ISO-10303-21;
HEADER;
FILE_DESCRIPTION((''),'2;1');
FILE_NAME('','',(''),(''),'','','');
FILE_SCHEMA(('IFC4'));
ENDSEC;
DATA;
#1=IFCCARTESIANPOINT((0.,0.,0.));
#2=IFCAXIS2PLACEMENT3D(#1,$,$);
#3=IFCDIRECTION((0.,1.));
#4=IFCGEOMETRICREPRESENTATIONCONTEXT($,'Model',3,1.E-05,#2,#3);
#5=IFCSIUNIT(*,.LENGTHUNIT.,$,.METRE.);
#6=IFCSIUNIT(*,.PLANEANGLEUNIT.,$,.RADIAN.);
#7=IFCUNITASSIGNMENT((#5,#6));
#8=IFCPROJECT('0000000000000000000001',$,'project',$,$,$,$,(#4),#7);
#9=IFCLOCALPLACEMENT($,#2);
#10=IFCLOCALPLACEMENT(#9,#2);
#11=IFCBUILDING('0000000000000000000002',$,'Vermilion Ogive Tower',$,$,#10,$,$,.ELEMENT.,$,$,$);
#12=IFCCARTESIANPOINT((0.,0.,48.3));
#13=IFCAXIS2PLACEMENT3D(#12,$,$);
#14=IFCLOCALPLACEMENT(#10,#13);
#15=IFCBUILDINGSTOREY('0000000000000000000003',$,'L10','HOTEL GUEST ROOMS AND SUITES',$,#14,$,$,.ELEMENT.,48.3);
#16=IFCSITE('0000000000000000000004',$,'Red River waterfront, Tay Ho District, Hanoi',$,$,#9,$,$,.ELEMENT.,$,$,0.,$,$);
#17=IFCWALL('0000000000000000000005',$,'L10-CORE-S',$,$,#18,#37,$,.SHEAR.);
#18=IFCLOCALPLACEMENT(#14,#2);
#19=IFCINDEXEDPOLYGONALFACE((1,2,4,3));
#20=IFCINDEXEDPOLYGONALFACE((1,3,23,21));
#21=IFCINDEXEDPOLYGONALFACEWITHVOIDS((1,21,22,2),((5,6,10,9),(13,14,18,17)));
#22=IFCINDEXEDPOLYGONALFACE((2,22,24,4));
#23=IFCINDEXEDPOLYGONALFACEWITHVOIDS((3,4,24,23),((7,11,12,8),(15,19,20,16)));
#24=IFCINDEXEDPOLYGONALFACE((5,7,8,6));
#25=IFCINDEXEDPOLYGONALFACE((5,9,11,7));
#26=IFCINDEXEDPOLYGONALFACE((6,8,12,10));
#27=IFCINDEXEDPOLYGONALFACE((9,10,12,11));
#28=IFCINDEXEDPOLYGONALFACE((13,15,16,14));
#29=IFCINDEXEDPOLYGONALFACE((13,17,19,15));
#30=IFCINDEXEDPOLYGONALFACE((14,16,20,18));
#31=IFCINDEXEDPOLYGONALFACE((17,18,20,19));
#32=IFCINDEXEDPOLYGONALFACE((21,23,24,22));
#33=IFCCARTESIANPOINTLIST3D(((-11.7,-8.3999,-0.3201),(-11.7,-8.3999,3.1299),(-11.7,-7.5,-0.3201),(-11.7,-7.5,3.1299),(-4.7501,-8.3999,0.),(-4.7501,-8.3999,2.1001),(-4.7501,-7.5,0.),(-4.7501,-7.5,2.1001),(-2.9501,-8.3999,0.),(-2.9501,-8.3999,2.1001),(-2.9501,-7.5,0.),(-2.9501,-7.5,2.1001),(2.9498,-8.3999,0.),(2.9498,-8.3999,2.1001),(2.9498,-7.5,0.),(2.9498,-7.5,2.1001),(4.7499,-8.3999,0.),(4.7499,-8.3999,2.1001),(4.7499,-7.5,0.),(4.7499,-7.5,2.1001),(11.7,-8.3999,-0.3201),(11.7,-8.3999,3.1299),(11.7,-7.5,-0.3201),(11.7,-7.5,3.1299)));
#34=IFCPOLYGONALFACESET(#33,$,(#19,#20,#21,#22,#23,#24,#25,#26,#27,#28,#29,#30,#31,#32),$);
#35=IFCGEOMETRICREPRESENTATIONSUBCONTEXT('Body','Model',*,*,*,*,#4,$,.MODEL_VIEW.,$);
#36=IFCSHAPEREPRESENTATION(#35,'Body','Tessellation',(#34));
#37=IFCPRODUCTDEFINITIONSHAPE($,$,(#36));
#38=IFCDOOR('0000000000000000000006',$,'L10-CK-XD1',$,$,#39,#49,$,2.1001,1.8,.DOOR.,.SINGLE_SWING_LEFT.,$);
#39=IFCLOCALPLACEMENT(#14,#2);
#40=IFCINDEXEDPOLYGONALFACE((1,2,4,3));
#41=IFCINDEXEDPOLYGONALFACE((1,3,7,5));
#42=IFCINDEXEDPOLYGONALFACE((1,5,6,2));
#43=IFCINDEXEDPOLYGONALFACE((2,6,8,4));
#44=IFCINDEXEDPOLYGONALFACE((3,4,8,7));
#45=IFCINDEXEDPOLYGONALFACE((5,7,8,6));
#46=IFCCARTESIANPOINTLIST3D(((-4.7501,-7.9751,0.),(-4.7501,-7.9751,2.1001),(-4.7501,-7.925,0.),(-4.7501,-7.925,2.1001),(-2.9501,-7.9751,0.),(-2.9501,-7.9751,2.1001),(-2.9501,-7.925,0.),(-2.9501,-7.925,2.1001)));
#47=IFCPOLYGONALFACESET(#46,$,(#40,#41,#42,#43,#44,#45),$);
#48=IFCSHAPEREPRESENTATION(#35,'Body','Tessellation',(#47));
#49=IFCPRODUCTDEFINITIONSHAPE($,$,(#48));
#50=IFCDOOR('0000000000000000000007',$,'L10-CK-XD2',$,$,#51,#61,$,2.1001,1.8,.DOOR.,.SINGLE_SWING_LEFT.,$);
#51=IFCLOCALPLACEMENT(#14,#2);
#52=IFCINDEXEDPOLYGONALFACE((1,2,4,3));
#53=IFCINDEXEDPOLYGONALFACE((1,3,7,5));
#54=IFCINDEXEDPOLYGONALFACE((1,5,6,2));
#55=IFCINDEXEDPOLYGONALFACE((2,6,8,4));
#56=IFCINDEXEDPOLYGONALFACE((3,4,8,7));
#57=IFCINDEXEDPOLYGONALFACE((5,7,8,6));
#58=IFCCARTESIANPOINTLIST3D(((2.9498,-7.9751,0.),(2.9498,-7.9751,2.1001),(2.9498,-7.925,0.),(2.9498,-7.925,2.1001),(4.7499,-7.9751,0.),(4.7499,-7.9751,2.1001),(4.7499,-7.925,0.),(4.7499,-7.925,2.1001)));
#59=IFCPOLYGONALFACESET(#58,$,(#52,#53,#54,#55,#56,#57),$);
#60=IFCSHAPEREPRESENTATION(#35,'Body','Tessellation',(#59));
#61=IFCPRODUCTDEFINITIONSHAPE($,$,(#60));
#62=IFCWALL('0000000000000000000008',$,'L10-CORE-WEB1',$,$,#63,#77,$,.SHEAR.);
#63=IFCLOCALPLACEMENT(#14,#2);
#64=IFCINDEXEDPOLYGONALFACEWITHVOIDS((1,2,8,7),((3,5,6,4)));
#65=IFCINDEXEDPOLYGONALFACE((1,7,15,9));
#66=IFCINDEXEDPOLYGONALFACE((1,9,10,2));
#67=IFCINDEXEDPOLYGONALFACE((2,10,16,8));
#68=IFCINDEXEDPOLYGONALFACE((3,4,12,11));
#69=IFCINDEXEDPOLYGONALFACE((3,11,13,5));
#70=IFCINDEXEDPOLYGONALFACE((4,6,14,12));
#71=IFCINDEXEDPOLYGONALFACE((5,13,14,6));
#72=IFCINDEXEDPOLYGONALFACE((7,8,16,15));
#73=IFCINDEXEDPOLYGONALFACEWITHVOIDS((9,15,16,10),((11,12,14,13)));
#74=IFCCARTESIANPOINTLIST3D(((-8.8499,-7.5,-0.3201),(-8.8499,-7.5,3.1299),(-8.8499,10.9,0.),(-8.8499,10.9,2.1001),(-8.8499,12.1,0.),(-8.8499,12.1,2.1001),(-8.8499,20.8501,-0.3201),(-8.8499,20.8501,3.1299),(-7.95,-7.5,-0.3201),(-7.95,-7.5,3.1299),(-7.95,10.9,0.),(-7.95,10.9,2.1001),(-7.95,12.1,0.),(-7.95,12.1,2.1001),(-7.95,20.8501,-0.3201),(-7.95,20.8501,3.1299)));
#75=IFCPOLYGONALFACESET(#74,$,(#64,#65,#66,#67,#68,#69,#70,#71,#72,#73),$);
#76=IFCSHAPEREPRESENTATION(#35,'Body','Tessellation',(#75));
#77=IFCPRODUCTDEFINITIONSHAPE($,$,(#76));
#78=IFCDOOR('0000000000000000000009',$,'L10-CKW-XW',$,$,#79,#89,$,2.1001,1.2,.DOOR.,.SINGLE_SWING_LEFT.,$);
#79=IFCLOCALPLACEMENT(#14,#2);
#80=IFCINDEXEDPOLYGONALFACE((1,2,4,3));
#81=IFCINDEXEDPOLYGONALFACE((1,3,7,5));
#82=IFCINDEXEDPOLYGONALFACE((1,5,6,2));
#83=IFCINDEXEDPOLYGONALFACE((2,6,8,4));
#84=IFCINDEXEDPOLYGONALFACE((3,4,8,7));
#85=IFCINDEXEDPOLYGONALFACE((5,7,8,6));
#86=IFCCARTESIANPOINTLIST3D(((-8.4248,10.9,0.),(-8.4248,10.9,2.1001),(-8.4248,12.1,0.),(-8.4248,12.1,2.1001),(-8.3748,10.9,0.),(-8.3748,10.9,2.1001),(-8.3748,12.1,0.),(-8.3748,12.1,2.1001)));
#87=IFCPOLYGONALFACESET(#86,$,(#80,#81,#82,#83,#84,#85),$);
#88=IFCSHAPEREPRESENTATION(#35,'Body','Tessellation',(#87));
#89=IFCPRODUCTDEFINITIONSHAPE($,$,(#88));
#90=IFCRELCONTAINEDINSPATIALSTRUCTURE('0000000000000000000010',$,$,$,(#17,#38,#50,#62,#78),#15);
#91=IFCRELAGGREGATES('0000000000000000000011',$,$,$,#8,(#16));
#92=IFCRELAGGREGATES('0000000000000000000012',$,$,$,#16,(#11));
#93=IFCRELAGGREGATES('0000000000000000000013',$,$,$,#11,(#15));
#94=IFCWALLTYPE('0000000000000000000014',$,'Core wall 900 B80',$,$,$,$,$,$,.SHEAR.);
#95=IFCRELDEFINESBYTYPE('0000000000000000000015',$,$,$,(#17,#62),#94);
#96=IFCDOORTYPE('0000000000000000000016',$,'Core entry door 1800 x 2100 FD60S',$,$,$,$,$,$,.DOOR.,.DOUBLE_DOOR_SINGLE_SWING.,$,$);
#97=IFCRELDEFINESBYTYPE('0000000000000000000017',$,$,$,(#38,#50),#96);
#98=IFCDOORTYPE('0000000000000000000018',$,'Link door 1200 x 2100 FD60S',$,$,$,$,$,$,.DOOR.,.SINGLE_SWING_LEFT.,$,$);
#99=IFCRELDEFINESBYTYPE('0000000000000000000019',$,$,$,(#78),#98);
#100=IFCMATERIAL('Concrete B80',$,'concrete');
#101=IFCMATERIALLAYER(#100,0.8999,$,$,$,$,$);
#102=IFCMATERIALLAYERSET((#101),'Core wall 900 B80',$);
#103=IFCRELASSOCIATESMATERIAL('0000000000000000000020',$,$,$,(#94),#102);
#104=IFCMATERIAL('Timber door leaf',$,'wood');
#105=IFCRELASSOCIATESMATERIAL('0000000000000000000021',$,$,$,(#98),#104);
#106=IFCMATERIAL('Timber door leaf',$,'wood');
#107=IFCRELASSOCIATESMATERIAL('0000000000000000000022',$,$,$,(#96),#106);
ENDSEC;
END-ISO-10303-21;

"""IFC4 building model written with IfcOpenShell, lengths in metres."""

from ifc_helpers import new_model, si_unit, direction, frame, frame_2d, origin, place, context, subcontext, project, spatial, rectangle, extrude, material, layer, layer_set, type_object, element, fill, save


model = new_model("IFC4")

# Units and contexts
model_context = context("Model", 3, precision=1e-05, world=origin(), true_north=direction((0.0, 1.0)))
body_context = subcontext(model_context, "Body", "Model", "MODEL_VIEW")
ifc_project = project(units=[si_unit("LENGTHUNIT", "METRE"), si_unit("PLANEANGLEUNIT", "RADIAN")], contexts=[model_context])

# Site, building, storey
site_placement = place(None, origin())
site = spatial("IfcSite", under=ifc_project, at=site_placement, Name="Red River waterfront, Tay Ho District, Hanoi", CompositionType="ELEMENT", RefElevation=0.0)
building_placement = place(site_placement, origin())
building = spatial("IfcBuilding", under=site, at=building_placement, Name="Vermilion Ogive Tower", CompositionType="ELEMENT")
storey_placement = place(building_placement, frame((0.0, 0.0, 48.3)))
storey = spatial("IfcBuildingStorey", under=building, at=storey_placement, Name="L10", Description="HOTEL GUEST ROOMS AND SUITES", CompositionType="ELEMENT", Elevation=48.3)

# Wall, openings, doors
ifc_material_1 = material(Name="Concrete B80", Category="concrete")
ifc_layer_1 = layer(ifc_material_1, 0.8999)
ifc_layer_set_1 = layer_set([ifc_layer_1], Name="Core wall 900 B80")
wall_type_1 = type_object("IfcWallType", Name="Core wall 900 B80", PredefinedType="SHEAR", material=ifc_layer_set_1)
ifc_material_2 = material(Name="Timber door leaf", Category="wood")
door_type_1 = type_object("IfcDoorType", Name="Link door 1200 x 2100 FD60S", OperationType="SINGLE_SWING_LEFT", PredefinedType="DOOR", material=ifc_material_2)
wall_1_placement = place(storey_placement, frame((-11.7, -7.95, -0.3201), z_axis=(0.0, 0.0, 1.0), x_axis=(1.0, 0.0, 0.0)))
wall_1 = element("IfcWall", 1, at=wall_1_placement, inside=storey, type_object=wall_type_1, Name="L10-CORE-S", PredefinedType="SHEAR", context=body_context, shape_type="SweptSolid", body=[
    extrude(rectangle(XDim=23.3999, YDim=0.8999, at=frame_2d((11.7, 0.0))), origin(), (0.0, 0.0, 1.0), 3.45),
])
opening_1_placement = place(wall_1_placement, frame((6.95, 0.0, 0.3201)))
opening_1 = element("IfcOpeningElement", 2, at=opening_1_placement, cuts=wall_1, PredefinedType="OPENING", context=body_context, shape_type="SweptSolid", body=[
    extrude(rectangle(XDim=1.8, YDim=2.1001, at=frame_2d((0.8999, 1.05))), frame((0.0, 0.46, 0.0), z_axis=(0.0, -1.0, 0.0), x_axis=(1.0, 0.0, 0.0)), (0.0, 0.0, 1.0), 0.9199),
])
opening_2_placement = place(wall_1_placement, frame((14.6499, 0.0, 0.3201)))
opening_2 = element("IfcOpeningElement", 3, at=opening_2_placement, cuts=wall_1, PredefinedType="OPENING", context=body_context, shape_type="SweptSolid", body=[
    extrude(rectangle(XDim=1.8, YDim=2.1001, at=frame_2d((0.8999, 1.05))), frame((0.0, 0.46, 0.0), z_axis=(0.0, -1.0, 0.0), x_axis=(1.0, 0.0, 0.0)), (0.0, 0.0, 1.0), 0.9199),
])
ifc_material_3 = material(Name="Timber door leaf", Category="wood")
door_type_2 = type_object("IfcDoorType", Name="Core entry door 1800 x 2100 FD60S", OperationType="DOUBLE_DOOR_SINGLE_SWING", PredefinedType="DOOR", material=ifc_material_3)
door_1_placement = place(opening_1_placement, origin())
door_1 = element("IfcDoor", 4, at=door_1_placement, inside=storey, type_object=door_type_2, Name="L10-CK-XD1", OperationType="SINGLE_SWING_LEFT", OverallHeight=2.1001, OverallWidth=1.8, PredefinedType="DOOR", context=body_context, shape_type="SweptSolid", body=[
    extrude(rectangle(XDim=1.8, YDim=2.1001, at=frame_2d((0.8999, 1.05))), frame((0.0, 0.0249, 0.0), z_axis=(0.0, -1.0, 0.0), x_axis=(1.0, 0.0, 0.0)), (0.0, 0.0, 1.0), 0.05),
])
fill(opening_1, door_1)
door_2_placement = place(opening_2_placement, origin())
door_2 = element("IfcDoor", 5, at=door_2_placement, inside=storey, type_object=door_type_2, Name="L10-CK-XD2", OperationType="SINGLE_SWING_LEFT", OverallHeight=2.1001, OverallWidth=1.8, PredefinedType="DOOR", context=body_context, shape_type="SweptSolid", body=[
    extrude(rectangle(XDim=1.8, YDim=2.1001, at=frame_2d((0.8999, 1.05))), frame((0.0, 0.0249, 0.0), z_axis=(0.0, -1.0, 0.0), x_axis=(1.0, 0.0, 0.0)), (0.0, 0.0, 1.0), 0.05),
])
fill(opening_2, door_2)

# Wall, opening, door
wall_2_placement = place(storey_placement, frame((-8.3999, -7.5, -0.3201), z_axis=(0.0, 0.0, 1.0), x_axis=(0.0, 1.0, 0.0)))
wall_2 = element("IfcWall", 6, at=wall_2_placement, inside=storey, type_object=wall_type_1, Name="L10-CORE-WEB1", PredefinedType="SHEAR", context=body_context, shape_type="SweptSolid", body=[
    extrude(rectangle(XDim=28.3501, YDim=0.8999, at=frame_2d((14.175, 0.0))), origin(), (0.0, 0.0, 1.0), 3.45),
])
opening_3_placement = place(wall_2_placement, frame((18.3999, 0.0, 0.3201)))
opening_3 = element("IfcOpeningElement", 7, at=opening_3_placement, cuts=wall_2, PredefinedType="OPENING", context=body_context, shape_type="SweptSolid", body=[
    extrude(rectangle(XDim=1.2, YDim=2.1001, at=frame_2d((0.6001, 1.05))), frame((0.0, 0.46, 0.0), z_axis=(0.0, -1.0, 0.0), x_axis=(1.0, 0.0, 0.0)), (0.0, 0.0, 1.0), 0.9199),
])
door_3_placement = place(opening_3_placement, origin())
door_3 = element("IfcDoor", 8, at=door_3_placement, inside=storey, type_object=door_type_1, Name="L10-CKW-XW", OperationType="SINGLE_SWING_LEFT", OverallHeight=2.1001, OverallWidth=1.2, PredefinedType="DOOR", context=body_context, shape_type="SweptSolid", body=[
    extrude(rectangle(XDim=1.2, YDim=2.1001, at=frame_2d((0.6001, 1.05))), frame((0.0, 0.0249, 0.0), z_axis=(0.0, -1.0, 0.0), x_axis=(1.0, 0.0, 0.0)), (0.0, 0.0, 1.0), 0.05),
])
fill(opening_3, door_3)

save(model, "model.ifc")
